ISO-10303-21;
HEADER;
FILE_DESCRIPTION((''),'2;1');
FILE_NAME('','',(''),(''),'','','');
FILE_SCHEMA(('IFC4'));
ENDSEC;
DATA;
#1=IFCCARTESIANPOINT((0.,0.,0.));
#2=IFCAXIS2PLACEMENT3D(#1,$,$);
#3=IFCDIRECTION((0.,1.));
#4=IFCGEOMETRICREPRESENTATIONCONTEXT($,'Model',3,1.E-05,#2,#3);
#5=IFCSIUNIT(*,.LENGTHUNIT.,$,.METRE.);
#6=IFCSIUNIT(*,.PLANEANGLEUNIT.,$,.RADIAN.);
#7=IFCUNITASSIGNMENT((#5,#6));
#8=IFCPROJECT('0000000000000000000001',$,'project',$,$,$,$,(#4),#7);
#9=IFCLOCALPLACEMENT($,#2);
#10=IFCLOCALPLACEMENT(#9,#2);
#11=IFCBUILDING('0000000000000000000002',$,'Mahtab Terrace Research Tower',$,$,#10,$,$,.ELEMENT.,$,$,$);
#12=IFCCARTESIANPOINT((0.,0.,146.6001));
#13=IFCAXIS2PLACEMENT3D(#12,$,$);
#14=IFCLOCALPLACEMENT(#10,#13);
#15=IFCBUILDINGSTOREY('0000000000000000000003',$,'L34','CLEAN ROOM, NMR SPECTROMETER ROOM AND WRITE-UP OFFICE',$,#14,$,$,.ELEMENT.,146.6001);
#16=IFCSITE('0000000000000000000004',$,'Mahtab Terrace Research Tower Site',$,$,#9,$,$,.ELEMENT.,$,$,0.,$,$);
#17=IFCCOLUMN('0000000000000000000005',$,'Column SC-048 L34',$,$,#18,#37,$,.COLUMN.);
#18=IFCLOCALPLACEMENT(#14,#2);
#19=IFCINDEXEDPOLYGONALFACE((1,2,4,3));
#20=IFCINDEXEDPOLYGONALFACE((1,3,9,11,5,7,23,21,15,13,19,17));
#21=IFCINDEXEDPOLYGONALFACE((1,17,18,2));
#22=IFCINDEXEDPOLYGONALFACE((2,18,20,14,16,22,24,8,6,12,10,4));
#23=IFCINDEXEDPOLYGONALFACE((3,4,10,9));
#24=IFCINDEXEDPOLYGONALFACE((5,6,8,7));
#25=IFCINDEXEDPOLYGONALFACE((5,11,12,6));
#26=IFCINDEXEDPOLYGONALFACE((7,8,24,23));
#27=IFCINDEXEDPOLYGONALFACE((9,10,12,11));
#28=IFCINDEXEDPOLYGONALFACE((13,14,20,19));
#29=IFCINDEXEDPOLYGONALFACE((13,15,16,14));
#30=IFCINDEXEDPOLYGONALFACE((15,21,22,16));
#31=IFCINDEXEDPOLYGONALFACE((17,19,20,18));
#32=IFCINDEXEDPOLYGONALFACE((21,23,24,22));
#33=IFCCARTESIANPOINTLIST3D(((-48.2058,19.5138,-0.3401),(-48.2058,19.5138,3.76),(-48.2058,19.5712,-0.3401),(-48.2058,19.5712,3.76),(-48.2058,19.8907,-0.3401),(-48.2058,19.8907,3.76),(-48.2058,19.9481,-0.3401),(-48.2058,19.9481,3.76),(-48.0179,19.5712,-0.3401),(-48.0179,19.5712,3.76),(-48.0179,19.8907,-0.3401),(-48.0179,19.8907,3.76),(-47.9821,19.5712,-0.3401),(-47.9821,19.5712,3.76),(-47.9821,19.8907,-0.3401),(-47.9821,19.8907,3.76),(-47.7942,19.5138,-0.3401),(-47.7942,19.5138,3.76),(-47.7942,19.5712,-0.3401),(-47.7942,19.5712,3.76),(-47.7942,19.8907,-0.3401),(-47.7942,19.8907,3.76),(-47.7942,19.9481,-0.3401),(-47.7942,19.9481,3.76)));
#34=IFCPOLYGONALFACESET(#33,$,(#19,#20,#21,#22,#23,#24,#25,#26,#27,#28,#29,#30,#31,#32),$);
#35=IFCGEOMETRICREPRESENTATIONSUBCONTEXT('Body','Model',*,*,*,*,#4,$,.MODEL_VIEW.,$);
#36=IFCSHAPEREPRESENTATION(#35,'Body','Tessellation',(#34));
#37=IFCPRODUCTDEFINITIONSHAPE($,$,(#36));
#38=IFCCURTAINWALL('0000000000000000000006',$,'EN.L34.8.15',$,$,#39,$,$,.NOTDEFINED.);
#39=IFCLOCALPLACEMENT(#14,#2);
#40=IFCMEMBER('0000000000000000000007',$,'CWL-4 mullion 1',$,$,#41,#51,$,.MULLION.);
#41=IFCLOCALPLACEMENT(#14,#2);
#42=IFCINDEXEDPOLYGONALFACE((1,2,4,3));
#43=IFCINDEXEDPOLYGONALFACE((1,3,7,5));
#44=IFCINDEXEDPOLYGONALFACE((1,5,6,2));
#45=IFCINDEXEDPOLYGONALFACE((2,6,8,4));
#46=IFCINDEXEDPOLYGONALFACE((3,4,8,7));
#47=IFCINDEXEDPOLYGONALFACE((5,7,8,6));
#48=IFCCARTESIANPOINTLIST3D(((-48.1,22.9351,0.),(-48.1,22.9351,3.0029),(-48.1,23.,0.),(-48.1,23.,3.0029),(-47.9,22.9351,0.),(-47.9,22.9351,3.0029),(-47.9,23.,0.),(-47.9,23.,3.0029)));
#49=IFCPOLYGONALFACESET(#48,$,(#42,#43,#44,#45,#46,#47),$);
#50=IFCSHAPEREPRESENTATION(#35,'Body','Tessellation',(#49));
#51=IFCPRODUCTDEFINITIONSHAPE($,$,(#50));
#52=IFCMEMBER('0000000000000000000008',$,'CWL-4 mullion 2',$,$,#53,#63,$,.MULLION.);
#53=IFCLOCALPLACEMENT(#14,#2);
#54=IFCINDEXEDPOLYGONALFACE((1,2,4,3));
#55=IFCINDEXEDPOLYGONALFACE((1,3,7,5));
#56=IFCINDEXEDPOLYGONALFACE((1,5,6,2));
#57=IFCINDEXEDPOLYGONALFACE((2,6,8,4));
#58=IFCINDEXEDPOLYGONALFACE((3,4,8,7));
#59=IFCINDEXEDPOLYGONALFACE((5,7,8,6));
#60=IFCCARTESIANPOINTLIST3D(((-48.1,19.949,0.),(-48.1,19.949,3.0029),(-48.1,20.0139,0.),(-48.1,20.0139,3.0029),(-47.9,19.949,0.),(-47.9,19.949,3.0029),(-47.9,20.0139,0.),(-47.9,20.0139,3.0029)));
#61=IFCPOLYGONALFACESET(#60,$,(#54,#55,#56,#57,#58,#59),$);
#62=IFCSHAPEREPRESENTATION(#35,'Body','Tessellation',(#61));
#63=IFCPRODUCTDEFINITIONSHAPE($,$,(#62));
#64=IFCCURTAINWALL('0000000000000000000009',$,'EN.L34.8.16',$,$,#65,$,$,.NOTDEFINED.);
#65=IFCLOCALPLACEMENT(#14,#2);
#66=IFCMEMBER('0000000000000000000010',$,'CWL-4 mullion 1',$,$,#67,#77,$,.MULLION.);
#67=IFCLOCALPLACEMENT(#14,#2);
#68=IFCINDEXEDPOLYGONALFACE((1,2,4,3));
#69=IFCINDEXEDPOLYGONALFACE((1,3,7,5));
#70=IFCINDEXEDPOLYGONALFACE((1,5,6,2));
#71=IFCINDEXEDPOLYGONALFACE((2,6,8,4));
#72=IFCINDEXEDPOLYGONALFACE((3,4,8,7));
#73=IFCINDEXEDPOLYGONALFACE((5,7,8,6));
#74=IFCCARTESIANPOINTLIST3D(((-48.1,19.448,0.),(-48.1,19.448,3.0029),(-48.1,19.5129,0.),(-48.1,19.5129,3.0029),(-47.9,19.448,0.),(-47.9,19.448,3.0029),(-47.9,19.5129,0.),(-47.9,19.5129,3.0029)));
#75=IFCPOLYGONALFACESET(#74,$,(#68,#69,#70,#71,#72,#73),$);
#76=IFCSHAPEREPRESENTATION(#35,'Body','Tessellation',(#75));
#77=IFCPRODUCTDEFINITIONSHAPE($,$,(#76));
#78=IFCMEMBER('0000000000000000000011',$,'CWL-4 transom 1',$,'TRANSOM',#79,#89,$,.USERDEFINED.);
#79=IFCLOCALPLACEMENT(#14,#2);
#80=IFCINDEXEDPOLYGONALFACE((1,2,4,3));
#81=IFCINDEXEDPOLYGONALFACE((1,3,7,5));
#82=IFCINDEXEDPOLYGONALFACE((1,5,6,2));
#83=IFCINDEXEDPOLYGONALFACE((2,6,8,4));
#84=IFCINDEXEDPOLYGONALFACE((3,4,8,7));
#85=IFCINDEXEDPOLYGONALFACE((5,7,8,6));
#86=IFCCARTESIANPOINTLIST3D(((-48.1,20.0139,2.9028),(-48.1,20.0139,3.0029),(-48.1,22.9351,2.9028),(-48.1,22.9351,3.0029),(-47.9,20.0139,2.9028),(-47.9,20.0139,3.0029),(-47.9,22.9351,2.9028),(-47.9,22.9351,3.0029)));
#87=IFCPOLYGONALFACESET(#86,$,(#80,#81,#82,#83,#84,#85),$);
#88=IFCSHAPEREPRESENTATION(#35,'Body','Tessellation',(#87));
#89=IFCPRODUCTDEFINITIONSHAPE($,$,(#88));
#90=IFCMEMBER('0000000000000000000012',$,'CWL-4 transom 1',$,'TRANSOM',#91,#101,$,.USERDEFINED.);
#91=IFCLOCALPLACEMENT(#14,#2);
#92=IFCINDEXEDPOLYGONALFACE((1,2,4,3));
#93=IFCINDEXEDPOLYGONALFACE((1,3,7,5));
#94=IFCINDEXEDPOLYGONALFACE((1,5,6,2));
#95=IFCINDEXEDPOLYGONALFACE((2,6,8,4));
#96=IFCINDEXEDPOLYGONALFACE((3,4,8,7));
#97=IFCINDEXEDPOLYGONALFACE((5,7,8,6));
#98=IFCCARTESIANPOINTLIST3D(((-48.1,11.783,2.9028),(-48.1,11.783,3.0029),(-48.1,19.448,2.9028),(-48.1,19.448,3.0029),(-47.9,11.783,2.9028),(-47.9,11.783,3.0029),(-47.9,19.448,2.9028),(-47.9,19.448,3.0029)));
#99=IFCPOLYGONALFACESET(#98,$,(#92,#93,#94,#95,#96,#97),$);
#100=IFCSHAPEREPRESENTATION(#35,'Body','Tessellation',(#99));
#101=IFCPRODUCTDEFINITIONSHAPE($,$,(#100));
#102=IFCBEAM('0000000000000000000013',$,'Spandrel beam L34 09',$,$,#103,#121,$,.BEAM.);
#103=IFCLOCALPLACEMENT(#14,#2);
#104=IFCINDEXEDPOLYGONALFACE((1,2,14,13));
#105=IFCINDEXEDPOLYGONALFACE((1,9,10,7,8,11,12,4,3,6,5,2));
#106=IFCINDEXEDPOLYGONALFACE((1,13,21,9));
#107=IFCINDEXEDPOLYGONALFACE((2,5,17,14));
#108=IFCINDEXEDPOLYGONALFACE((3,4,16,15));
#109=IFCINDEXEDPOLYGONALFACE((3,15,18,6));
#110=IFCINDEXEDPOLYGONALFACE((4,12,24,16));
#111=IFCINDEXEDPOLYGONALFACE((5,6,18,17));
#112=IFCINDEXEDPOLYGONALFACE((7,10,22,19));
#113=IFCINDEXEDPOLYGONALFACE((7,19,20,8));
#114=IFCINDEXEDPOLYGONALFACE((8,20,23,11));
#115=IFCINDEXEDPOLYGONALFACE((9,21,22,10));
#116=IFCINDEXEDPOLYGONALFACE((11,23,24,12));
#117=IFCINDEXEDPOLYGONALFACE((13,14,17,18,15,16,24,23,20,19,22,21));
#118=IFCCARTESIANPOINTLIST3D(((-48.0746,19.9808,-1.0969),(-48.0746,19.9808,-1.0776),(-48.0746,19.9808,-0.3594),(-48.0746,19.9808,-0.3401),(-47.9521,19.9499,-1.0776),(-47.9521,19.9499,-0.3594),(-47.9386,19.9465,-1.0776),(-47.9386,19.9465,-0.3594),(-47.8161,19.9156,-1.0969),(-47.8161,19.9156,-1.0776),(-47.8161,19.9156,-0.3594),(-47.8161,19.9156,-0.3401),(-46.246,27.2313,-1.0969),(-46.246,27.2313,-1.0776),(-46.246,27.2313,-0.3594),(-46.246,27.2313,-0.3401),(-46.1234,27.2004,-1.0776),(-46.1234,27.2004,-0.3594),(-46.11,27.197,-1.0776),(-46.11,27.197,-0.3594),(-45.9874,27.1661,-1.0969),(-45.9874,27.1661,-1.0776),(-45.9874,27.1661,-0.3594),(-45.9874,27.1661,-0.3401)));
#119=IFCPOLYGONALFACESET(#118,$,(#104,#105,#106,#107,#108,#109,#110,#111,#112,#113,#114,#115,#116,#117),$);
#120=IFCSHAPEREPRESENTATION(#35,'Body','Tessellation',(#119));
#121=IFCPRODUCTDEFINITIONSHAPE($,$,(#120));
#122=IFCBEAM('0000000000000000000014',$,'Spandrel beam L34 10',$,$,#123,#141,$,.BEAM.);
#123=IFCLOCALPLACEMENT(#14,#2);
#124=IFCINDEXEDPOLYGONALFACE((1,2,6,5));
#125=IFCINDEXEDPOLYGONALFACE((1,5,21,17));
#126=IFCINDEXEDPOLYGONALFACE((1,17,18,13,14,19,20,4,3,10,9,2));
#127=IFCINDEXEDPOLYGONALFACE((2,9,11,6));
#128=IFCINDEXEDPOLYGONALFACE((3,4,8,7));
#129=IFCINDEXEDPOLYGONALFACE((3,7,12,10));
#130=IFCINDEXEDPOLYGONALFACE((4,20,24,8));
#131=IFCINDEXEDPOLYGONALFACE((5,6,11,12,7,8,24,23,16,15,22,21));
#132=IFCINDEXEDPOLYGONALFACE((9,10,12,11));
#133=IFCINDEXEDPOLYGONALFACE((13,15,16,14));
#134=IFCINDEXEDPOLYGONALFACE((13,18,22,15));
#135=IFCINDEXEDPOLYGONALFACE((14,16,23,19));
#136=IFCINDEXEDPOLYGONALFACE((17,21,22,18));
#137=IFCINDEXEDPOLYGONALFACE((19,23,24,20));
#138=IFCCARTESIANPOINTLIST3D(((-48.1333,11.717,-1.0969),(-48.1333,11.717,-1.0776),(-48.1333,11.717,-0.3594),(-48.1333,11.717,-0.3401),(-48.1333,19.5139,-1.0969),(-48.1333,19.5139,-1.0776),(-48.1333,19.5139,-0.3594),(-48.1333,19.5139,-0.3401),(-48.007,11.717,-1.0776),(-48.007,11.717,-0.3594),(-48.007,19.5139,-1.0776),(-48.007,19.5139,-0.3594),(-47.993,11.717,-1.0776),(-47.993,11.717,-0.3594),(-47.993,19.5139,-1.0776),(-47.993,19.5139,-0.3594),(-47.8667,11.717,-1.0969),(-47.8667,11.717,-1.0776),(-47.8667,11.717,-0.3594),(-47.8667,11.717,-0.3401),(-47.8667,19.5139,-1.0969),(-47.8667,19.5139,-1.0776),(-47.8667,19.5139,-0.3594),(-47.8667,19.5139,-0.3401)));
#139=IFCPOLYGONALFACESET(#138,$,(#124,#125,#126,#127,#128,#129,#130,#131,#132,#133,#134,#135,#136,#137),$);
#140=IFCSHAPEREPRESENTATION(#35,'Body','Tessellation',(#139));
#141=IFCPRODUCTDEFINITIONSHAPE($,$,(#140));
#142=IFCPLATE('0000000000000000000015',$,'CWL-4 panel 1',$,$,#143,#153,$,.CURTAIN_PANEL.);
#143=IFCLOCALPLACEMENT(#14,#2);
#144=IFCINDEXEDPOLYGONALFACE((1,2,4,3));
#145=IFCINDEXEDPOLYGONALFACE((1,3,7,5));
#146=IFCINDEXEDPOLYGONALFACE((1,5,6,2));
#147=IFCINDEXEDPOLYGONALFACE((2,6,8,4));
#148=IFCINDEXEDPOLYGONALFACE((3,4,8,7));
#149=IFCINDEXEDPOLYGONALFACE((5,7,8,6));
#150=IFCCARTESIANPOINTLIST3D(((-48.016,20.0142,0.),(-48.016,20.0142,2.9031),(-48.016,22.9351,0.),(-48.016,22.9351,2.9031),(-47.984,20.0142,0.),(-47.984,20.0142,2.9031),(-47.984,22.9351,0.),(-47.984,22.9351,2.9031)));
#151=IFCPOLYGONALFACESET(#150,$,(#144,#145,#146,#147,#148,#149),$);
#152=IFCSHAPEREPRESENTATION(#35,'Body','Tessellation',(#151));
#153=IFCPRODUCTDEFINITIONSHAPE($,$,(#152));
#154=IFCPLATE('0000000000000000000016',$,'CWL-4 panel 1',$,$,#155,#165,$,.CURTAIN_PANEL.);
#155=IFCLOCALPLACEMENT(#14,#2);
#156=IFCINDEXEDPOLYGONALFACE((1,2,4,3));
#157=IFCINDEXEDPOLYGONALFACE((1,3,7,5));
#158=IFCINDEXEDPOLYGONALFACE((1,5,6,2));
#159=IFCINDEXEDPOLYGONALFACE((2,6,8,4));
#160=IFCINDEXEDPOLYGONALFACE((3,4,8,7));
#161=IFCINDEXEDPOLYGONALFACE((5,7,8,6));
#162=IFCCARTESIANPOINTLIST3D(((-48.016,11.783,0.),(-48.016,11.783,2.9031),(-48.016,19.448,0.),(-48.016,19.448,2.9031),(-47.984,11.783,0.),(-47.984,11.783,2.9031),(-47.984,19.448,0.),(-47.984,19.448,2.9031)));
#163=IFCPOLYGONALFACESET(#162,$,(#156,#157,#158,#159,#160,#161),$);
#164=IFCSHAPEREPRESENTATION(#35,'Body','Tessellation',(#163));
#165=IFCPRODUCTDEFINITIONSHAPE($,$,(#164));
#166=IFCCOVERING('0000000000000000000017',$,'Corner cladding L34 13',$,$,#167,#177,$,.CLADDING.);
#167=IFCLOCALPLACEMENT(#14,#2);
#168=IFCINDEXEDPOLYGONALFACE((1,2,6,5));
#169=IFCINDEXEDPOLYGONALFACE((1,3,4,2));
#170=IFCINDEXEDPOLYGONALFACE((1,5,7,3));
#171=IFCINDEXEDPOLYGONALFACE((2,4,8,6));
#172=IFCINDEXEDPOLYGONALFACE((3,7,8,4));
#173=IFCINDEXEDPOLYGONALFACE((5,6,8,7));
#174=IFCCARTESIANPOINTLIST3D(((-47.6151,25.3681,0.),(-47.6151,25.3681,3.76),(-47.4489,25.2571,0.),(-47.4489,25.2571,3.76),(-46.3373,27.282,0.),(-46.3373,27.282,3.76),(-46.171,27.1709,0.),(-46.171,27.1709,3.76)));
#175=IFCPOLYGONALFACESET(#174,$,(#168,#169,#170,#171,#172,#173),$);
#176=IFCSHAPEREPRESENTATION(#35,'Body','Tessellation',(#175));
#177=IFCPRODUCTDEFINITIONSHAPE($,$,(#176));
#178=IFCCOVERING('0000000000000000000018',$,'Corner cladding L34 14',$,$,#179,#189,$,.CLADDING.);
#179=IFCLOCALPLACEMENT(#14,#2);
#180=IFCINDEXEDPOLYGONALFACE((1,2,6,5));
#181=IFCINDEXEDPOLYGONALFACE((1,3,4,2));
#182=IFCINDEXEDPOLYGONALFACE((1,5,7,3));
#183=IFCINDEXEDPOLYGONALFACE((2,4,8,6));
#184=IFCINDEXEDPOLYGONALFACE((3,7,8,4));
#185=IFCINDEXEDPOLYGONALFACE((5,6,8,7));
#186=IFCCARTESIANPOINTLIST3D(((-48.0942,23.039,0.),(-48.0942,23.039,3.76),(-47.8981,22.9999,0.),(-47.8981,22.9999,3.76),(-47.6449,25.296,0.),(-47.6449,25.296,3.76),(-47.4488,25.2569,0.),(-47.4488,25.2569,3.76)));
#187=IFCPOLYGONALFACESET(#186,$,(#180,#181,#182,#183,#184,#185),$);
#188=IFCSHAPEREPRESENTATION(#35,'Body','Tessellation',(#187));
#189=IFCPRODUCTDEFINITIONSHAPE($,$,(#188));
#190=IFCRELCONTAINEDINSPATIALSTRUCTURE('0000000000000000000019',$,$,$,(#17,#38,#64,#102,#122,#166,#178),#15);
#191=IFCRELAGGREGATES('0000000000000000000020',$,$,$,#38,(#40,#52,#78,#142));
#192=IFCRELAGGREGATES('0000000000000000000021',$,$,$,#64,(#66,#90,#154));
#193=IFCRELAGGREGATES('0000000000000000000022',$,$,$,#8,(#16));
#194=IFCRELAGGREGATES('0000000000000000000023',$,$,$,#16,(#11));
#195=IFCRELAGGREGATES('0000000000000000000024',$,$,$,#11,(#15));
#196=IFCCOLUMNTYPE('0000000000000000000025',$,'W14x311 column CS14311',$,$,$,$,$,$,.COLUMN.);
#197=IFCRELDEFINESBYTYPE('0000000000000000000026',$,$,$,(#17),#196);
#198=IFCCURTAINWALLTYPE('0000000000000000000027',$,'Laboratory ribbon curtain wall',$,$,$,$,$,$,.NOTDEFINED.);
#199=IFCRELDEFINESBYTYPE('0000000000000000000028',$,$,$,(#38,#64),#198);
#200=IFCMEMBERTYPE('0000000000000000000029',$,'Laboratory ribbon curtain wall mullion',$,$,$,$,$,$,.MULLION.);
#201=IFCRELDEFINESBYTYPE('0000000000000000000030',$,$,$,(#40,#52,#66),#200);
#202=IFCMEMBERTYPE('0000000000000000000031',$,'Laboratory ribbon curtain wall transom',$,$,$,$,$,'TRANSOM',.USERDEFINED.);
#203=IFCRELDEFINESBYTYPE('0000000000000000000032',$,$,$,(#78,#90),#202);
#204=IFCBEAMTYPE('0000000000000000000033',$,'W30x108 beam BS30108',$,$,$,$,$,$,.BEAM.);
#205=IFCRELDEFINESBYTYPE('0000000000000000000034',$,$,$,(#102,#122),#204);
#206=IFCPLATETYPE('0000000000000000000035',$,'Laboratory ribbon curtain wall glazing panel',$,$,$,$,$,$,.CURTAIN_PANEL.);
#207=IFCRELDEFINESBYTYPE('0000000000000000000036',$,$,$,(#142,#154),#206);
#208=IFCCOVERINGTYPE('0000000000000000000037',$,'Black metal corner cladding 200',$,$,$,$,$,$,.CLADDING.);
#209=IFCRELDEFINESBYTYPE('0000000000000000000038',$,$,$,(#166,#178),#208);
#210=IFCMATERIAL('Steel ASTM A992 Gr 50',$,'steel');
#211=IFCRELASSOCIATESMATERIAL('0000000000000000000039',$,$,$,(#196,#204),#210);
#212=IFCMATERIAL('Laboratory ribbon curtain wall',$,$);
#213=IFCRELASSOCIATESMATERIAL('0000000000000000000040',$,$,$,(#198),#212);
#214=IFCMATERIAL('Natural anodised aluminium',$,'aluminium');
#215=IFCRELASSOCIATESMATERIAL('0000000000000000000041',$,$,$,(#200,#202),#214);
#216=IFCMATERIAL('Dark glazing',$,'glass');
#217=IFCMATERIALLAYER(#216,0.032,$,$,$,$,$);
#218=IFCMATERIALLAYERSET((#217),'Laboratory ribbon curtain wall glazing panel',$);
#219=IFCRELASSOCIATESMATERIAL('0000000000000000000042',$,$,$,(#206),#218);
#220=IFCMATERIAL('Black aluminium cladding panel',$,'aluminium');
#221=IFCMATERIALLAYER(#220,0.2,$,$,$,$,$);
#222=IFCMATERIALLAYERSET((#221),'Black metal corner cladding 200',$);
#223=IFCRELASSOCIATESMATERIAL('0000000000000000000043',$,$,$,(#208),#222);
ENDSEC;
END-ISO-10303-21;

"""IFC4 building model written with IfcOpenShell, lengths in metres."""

from ifc_helpers import new_model, si_unit, direction, frame, origin, origin_2d, place, context, subcontext, project, spatial, rectangle, i_section, extrude, material, layer, layer_set, material_profile, profile_set, type_object, element, aggregate, save


model = new_model("IFC4")

# Units and contexts
model_context = context("Model", 3, precision=1e-05, world=origin(), true_north=direction((0.0, 1.0)))
body_context = subcontext(model_context, "Body", "Model", "MODEL_VIEW")
ifc_project = project(units=[si_unit("LENGTHUNIT", "METRE"), si_unit("PLANEANGLEUNIT", "RADIAN")], contexts=[model_context])

# Site, building, storey
site_placement = place(None, origin())
site = spatial("IfcSite", under=ifc_project, at=site_placement, Name="Mahtab Terrace Research Tower Site", CompositionType="ELEMENT", RefElevation=0.0)
building_placement = place(site_placement, origin())
building = spatial("IfcBuilding", under=site, at=building_placement, Name="Mahtab Terrace Research Tower", CompositionType="ELEMENT")
storey_placement = place(building_placement, frame((0.0, 0.0, 146.6001)))
storey = spatial("IfcBuildingStorey", under=building, at=storey_placement, Name="L34", Description="CLEAN ROOM, NMR SPECTROMETER ROOM AND WRITE-UP OFFICE", CompositionType="ELEMENT", Elevation=146.6001)

# Column
ifc_material_1 = material(Name="Steel ASTM A992 Gr 50", Category="steel")
ifc_material_profile_1 = material_profile(ifc_material_1, i_section(OverallWidth=0.4116, OverallDepth=0.4343, WebThickness=0.0359, FlangeThickness=0.0574, at=origin_2d()), Name="W14X311")
ifc_profile_set_1 = profile_set([ifc_material_profile_1], Name="Steel ASTM A992 Gr 50")
column_type = type_object("IfcColumnType", Name="W14x311 column CS14311", PredefinedType="COLUMN", material=ifc_profile_set_1)
column_placement = place(storey_placement, frame((-48.0, 19.731, -0.3401), z_axis=(0.0, 0.0, 1.0), x_axis=(1.0, 0.0, 0.0)))
element("IfcColumn", 1, at=column_placement, inside=storey, type_object=column_type, Name="Column SC-048 L34", PredefinedType="COLUMN", context=body_context, shape_type="SweptSolid", body=[
    extrude(i_section(OverallWidth=0.4116, OverallDepth=0.4343, WebThickness=0.0359, FlangeThickness=0.0574, at=origin_2d()), origin(), (0.0, 0.0, 1.0), 4.1001),
])

# Curtain wall, members
ifc_material_2 = material(Name="Laboratory ribbon curtain wall")
curtain_wall_type = type_object("IfcCurtainWallType", Name="Laboratory ribbon curtain wall", PredefinedType="NOTDEFINED", material=ifc_material_2)
curtain_wall_1_placement = place(storey_placement, origin())
curtain_wall_1 = element("IfcCurtainWall", 2, at=curtain_wall_1_placement, inside=storey, type_object=curtain_wall_type, Name="EN.L34.8.15", PredefinedType="NOTDEFINED")
ifc_material_3 = material(Name="Natural anodised aluminium", Category="aluminium")
ifc_material_profile_2 = material_profile(ifc_material_3, rectangle(XDim=0.2, YDim=0.0649, at=origin_2d()), Name="MULLION 65x200")
ifc_profile_set_2 = profile_set([ifc_material_profile_2], Name="Natural anodised aluminium")
member_type_1 = type_object("IfcMemberType", Name="Laboratory ribbon curtain wall mullion", PredefinedType="MULLION", material=ifc_profile_set_2)
member_1_placement = place(storey_placement, frame((-48.0, 22.9675, 0.0), z_axis=(0.0, 0.0, 1.0), x_axis=(1.0, 0.0, 0.0)))
member_1 = element("IfcMember", 3, at=member_1_placement, type_object=member_type_1, Name="CWL-4 mullion 1", PredefinedType="MULLION", context=body_context, shape_type="SweptSolid", body=[
    extrude(rectangle(XDim=0.2, YDim=0.0649, at=origin_2d()), origin(), (0.0, 0.0, 1.0), 3.0029),
])
member_2_placement = place(storey_placement, frame((-48.0, 19.9814, 0.0), z_axis=(0.0, 0.0, 1.0), x_axis=(1.0, 0.0, 0.0)))
member_2 = element("IfcMember", 4, at=member_2_placement, type_object=member_type_1, Name="CWL-4 mullion 2", PredefinedType="MULLION", context=body_context, shape_type="SweptSolid", body=[
    extrude(rectangle(XDim=0.2, YDim=0.0649, at=origin_2d()), origin(), (0.0, 0.0, 1.0), 3.0029),
])

# Curtain wall, member
curtain_wall_2_placement = place(storey_placement, origin())
curtain_wall_2 = element("IfcCurtainWall", 5, at=curtain_wall_2_placement, inside=storey, type_object=curtain_wall_type, Name="EN.L34.8.16", PredefinedType="NOTDEFINED")
member_3_placement = place(storey_placement, frame((-48.0, 19.4805, 0.0), z_axis=(0.0, 0.0, 1.0), x_axis=(1.0, 0.0, 0.0)))
member_3 = element("IfcMember", 6, at=member_3_placement, type_object=member_type_1, Name="CWL-4 mullion 1", PredefinedType="MULLION", context=body_context, shape_type="SweptSolid", body=[
    extrude(rectangle(XDim=0.2, YDim=0.0649, at=origin_2d()), origin(), (0.0, 0.0, 1.0), 3.0029),
])

# Members
ifc_material_profile_3 = material_profile(ifc_material_3, rectangle(XDim=0.2, YDim=0.1001, at=origin_2d()), Name="TRANSOM 100x200")
ifc_profile_set_3 = profile_set([ifc_material_profile_3], Name="Natural anodised aluminium")
member_type_2 = type_object("IfcMemberType", Name="Laboratory ribbon curtain wall transom", ElementType="TRANSOM", PredefinedType="USERDEFINED", material=ifc_profile_set_3)
member_4_placement = place(storey_placement, frame((-48.0, 22.9351, 2.9529), z_axis=(0.0, -1.0, 0.0), x_axis=(1.0, 0.0, 0.0)))
member_4 = element("IfcMember", 7, at=member_4_placement, type_object=member_type_2, Name="CWL-4 transom 1", ObjectType="TRANSOM", PredefinedType="USERDEFINED", context=body_context, shape_type="SweptSolid", body=[
    extrude(rectangle(XDim=0.2, YDim=0.1001, at=origin_2d()), origin(), (0.0, 0.0, 1.0), 2.9211),
])
member_5_placement = place(storey_placement, frame((-48.0, 19.448, 2.9529), z_axis=(0.0, -1.0, 0.0), x_axis=(1.0, 0.0, 0.0)))
member_5 = element("IfcMember", 8, at=member_5_placement, type_object=member_type_2, Name="CWL-4 transom 1", ObjectType="TRANSOM", PredefinedType="USERDEFINED", context=body_context, shape_type="SweptSolid", body=[
    extrude(rectangle(XDim=0.2, YDim=0.1001, at=origin_2d()), origin(), (0.0, 0.0, 1.0), 7.665),
])

# Beams
ifc_material_profile_4 = material_profile(ifc_material_1, i_section(OverallWidth=0.2666, OverallDepth=0.7568, WebThickness=0.0139, FlangeThickness=0.0193, at=origin_2d()), Name="W30X108")
ifc_profile_set_4 = profile_set([ifc_material_profile_4], Name="Steel ASTM A992 Gr 50")
beam_type = type_object("IfcBeamType", Name="W30x108 beam BS30108", PredefinedType="BEAM", material=ifc_profile_set_4)
beam_1_placement = place(storey_placement, frame((-46.1167, 27.1987, -0.7185), z_axis=(-0.244548, -0.969637, 0.0), x_axis=(0.969637, -0.244548, 0.0)))
element("IfcBeam", 9, at=beam_1_placement, inside=storey, type_object=beam_type, Name="Spandrel beam L34 09", PredefinedType="BEAM", context=body_context, shape_type="SweptSolid", body=[
    extrude(i_section(OverallWidth=0.2666, OverallDepth=0.7568, WebThickness=0.0139, FlangeThickness=0.0193, at=origin_2d()), origin(), (0.0, 0.0, 1.0), 7.4775),
])
beam_2_placement = place(storey_placement, frame((-48.0, 19.5139, -0.7185), z_axis=(0.0, -1.0, 0.0), x_axis=(1.0, 0.0, 0.0)))
element("IfcBeam", 10, at=beam_2_placement, inside=storey, type_object=beam_type, Name="Spandrel beam L34 10", PredefinedType="BEAM", context=body_context, shape_type="SweptSolid", body=[
    extrude(i_section(OverallWidth=0.2666, OverallDepth=0.7568, WebThickness=0.0139, FlangeThickness=0.0193, at=origin_2d()), origin(), (0.0, 0.0, 1.0), 7.7969),
])

# Plates
ifc_material_4 = material(Name="Dark glazing", Category="glass")
ifc_layer_1 = layer(ifc_material_4, 0.032)
ifc_layer_set_1 = layer_set([ifc_layer_1], Name="Laboratory ribbon curtain wall glazing panel")
plate_type = type_object("IfcPlateType", Name="Laboratory ribbon curtain wall glazing panel", PredefinedType="CURTAIN_PANEL", material=ifc_layer_set_1)
plate_1_placement = place(storey_placement, frame((-48.0, 21.4746, 0.0), z_axis=(0.0, 0.0, 1.0), x_axis=(0.0, -1.0, 0.0)))
plate_1 = element("IfcPlate", 11, at=plate_1_placement, type_object=plate_type, Name="CWL-4 panel 1", PredefinedType="CURTAIN_PANEL", context=body_context, shape_type="SweptSolid", body=[
    extrude(rectangle(XDim=2.9209, YDim=0.032, at=origin_2d()), origin(), (0.0, 0.0, 1.0), 2.9031),
])
aggregate(curtain_wall_1, [member_1, member_2, member_4, plate_1])
plate_2_placement = place(storey_placement, frame((-48.0, 15.6155, 0.0), z_axis=(0.0, 0.0, 1.0), x_axis=(0.0, -1.0, 0.0)))
plate_2 = element("IfcPlate", 12, at=plate_2_placement, type_object=plate_type, Name="CWL-4 panel 1", PredefinedType="CURTAIN_PANEL", context=body_context, shape_type="SweptSolid", body=[
    extrude(rectangle(XDim=7.665, YDim=0.032, at=origin_2d()), origin(), (0.0, 0.0, 1.0), 2.9031),
])
aggregate(curtain_wall_2, [member_3, member_5, plate_2])

# Coverings
ifc_material_5 = material(Name="Black aluminium cladding panel", Category="aluminium")
ifc_layer_2 = layer(ifc_material_5, 0.2)
ifc_layer_set_2 = layer_set([ifc_layer_2], Name="Black metal corner cladding 200")
covering_type = type_object("IfcCoveringType", Name="Black metal corner cladding 200", PredefinedType="CLADDING", material=ifc_layer_set_2)
for number, where, z_axis, x_axis, name in (
    (13, (-46.8931, 26.2695, 0.0), (0.0, 0.0, 1.0), (-0.555291, -0.831656, 0.0), "Corner cladding L34 13"),
    (14, (-47.7715, 24.1479, 0.0), (0.0, 0.0, 1.0), (-0.195212, -0.980761, 0.0), "Corner cladding L34 14"),
):
    element("IfcCovering", number, at=place(storey_placement, frame(where, z_axis=z_axis, x_axis=x_axis)), inside=storey, type_object=covering_type, Name=name, PredefinedType="CLADDING", context=body_context, shape_type="SweptSolid", body=[
        extrude(rectangle(XDim=2.3013, YDim=0.2, at=origin_2d()), origin(), (0.0, 0.0, 1.0), 3.76),
    ])

save(model, "model.ifc")
